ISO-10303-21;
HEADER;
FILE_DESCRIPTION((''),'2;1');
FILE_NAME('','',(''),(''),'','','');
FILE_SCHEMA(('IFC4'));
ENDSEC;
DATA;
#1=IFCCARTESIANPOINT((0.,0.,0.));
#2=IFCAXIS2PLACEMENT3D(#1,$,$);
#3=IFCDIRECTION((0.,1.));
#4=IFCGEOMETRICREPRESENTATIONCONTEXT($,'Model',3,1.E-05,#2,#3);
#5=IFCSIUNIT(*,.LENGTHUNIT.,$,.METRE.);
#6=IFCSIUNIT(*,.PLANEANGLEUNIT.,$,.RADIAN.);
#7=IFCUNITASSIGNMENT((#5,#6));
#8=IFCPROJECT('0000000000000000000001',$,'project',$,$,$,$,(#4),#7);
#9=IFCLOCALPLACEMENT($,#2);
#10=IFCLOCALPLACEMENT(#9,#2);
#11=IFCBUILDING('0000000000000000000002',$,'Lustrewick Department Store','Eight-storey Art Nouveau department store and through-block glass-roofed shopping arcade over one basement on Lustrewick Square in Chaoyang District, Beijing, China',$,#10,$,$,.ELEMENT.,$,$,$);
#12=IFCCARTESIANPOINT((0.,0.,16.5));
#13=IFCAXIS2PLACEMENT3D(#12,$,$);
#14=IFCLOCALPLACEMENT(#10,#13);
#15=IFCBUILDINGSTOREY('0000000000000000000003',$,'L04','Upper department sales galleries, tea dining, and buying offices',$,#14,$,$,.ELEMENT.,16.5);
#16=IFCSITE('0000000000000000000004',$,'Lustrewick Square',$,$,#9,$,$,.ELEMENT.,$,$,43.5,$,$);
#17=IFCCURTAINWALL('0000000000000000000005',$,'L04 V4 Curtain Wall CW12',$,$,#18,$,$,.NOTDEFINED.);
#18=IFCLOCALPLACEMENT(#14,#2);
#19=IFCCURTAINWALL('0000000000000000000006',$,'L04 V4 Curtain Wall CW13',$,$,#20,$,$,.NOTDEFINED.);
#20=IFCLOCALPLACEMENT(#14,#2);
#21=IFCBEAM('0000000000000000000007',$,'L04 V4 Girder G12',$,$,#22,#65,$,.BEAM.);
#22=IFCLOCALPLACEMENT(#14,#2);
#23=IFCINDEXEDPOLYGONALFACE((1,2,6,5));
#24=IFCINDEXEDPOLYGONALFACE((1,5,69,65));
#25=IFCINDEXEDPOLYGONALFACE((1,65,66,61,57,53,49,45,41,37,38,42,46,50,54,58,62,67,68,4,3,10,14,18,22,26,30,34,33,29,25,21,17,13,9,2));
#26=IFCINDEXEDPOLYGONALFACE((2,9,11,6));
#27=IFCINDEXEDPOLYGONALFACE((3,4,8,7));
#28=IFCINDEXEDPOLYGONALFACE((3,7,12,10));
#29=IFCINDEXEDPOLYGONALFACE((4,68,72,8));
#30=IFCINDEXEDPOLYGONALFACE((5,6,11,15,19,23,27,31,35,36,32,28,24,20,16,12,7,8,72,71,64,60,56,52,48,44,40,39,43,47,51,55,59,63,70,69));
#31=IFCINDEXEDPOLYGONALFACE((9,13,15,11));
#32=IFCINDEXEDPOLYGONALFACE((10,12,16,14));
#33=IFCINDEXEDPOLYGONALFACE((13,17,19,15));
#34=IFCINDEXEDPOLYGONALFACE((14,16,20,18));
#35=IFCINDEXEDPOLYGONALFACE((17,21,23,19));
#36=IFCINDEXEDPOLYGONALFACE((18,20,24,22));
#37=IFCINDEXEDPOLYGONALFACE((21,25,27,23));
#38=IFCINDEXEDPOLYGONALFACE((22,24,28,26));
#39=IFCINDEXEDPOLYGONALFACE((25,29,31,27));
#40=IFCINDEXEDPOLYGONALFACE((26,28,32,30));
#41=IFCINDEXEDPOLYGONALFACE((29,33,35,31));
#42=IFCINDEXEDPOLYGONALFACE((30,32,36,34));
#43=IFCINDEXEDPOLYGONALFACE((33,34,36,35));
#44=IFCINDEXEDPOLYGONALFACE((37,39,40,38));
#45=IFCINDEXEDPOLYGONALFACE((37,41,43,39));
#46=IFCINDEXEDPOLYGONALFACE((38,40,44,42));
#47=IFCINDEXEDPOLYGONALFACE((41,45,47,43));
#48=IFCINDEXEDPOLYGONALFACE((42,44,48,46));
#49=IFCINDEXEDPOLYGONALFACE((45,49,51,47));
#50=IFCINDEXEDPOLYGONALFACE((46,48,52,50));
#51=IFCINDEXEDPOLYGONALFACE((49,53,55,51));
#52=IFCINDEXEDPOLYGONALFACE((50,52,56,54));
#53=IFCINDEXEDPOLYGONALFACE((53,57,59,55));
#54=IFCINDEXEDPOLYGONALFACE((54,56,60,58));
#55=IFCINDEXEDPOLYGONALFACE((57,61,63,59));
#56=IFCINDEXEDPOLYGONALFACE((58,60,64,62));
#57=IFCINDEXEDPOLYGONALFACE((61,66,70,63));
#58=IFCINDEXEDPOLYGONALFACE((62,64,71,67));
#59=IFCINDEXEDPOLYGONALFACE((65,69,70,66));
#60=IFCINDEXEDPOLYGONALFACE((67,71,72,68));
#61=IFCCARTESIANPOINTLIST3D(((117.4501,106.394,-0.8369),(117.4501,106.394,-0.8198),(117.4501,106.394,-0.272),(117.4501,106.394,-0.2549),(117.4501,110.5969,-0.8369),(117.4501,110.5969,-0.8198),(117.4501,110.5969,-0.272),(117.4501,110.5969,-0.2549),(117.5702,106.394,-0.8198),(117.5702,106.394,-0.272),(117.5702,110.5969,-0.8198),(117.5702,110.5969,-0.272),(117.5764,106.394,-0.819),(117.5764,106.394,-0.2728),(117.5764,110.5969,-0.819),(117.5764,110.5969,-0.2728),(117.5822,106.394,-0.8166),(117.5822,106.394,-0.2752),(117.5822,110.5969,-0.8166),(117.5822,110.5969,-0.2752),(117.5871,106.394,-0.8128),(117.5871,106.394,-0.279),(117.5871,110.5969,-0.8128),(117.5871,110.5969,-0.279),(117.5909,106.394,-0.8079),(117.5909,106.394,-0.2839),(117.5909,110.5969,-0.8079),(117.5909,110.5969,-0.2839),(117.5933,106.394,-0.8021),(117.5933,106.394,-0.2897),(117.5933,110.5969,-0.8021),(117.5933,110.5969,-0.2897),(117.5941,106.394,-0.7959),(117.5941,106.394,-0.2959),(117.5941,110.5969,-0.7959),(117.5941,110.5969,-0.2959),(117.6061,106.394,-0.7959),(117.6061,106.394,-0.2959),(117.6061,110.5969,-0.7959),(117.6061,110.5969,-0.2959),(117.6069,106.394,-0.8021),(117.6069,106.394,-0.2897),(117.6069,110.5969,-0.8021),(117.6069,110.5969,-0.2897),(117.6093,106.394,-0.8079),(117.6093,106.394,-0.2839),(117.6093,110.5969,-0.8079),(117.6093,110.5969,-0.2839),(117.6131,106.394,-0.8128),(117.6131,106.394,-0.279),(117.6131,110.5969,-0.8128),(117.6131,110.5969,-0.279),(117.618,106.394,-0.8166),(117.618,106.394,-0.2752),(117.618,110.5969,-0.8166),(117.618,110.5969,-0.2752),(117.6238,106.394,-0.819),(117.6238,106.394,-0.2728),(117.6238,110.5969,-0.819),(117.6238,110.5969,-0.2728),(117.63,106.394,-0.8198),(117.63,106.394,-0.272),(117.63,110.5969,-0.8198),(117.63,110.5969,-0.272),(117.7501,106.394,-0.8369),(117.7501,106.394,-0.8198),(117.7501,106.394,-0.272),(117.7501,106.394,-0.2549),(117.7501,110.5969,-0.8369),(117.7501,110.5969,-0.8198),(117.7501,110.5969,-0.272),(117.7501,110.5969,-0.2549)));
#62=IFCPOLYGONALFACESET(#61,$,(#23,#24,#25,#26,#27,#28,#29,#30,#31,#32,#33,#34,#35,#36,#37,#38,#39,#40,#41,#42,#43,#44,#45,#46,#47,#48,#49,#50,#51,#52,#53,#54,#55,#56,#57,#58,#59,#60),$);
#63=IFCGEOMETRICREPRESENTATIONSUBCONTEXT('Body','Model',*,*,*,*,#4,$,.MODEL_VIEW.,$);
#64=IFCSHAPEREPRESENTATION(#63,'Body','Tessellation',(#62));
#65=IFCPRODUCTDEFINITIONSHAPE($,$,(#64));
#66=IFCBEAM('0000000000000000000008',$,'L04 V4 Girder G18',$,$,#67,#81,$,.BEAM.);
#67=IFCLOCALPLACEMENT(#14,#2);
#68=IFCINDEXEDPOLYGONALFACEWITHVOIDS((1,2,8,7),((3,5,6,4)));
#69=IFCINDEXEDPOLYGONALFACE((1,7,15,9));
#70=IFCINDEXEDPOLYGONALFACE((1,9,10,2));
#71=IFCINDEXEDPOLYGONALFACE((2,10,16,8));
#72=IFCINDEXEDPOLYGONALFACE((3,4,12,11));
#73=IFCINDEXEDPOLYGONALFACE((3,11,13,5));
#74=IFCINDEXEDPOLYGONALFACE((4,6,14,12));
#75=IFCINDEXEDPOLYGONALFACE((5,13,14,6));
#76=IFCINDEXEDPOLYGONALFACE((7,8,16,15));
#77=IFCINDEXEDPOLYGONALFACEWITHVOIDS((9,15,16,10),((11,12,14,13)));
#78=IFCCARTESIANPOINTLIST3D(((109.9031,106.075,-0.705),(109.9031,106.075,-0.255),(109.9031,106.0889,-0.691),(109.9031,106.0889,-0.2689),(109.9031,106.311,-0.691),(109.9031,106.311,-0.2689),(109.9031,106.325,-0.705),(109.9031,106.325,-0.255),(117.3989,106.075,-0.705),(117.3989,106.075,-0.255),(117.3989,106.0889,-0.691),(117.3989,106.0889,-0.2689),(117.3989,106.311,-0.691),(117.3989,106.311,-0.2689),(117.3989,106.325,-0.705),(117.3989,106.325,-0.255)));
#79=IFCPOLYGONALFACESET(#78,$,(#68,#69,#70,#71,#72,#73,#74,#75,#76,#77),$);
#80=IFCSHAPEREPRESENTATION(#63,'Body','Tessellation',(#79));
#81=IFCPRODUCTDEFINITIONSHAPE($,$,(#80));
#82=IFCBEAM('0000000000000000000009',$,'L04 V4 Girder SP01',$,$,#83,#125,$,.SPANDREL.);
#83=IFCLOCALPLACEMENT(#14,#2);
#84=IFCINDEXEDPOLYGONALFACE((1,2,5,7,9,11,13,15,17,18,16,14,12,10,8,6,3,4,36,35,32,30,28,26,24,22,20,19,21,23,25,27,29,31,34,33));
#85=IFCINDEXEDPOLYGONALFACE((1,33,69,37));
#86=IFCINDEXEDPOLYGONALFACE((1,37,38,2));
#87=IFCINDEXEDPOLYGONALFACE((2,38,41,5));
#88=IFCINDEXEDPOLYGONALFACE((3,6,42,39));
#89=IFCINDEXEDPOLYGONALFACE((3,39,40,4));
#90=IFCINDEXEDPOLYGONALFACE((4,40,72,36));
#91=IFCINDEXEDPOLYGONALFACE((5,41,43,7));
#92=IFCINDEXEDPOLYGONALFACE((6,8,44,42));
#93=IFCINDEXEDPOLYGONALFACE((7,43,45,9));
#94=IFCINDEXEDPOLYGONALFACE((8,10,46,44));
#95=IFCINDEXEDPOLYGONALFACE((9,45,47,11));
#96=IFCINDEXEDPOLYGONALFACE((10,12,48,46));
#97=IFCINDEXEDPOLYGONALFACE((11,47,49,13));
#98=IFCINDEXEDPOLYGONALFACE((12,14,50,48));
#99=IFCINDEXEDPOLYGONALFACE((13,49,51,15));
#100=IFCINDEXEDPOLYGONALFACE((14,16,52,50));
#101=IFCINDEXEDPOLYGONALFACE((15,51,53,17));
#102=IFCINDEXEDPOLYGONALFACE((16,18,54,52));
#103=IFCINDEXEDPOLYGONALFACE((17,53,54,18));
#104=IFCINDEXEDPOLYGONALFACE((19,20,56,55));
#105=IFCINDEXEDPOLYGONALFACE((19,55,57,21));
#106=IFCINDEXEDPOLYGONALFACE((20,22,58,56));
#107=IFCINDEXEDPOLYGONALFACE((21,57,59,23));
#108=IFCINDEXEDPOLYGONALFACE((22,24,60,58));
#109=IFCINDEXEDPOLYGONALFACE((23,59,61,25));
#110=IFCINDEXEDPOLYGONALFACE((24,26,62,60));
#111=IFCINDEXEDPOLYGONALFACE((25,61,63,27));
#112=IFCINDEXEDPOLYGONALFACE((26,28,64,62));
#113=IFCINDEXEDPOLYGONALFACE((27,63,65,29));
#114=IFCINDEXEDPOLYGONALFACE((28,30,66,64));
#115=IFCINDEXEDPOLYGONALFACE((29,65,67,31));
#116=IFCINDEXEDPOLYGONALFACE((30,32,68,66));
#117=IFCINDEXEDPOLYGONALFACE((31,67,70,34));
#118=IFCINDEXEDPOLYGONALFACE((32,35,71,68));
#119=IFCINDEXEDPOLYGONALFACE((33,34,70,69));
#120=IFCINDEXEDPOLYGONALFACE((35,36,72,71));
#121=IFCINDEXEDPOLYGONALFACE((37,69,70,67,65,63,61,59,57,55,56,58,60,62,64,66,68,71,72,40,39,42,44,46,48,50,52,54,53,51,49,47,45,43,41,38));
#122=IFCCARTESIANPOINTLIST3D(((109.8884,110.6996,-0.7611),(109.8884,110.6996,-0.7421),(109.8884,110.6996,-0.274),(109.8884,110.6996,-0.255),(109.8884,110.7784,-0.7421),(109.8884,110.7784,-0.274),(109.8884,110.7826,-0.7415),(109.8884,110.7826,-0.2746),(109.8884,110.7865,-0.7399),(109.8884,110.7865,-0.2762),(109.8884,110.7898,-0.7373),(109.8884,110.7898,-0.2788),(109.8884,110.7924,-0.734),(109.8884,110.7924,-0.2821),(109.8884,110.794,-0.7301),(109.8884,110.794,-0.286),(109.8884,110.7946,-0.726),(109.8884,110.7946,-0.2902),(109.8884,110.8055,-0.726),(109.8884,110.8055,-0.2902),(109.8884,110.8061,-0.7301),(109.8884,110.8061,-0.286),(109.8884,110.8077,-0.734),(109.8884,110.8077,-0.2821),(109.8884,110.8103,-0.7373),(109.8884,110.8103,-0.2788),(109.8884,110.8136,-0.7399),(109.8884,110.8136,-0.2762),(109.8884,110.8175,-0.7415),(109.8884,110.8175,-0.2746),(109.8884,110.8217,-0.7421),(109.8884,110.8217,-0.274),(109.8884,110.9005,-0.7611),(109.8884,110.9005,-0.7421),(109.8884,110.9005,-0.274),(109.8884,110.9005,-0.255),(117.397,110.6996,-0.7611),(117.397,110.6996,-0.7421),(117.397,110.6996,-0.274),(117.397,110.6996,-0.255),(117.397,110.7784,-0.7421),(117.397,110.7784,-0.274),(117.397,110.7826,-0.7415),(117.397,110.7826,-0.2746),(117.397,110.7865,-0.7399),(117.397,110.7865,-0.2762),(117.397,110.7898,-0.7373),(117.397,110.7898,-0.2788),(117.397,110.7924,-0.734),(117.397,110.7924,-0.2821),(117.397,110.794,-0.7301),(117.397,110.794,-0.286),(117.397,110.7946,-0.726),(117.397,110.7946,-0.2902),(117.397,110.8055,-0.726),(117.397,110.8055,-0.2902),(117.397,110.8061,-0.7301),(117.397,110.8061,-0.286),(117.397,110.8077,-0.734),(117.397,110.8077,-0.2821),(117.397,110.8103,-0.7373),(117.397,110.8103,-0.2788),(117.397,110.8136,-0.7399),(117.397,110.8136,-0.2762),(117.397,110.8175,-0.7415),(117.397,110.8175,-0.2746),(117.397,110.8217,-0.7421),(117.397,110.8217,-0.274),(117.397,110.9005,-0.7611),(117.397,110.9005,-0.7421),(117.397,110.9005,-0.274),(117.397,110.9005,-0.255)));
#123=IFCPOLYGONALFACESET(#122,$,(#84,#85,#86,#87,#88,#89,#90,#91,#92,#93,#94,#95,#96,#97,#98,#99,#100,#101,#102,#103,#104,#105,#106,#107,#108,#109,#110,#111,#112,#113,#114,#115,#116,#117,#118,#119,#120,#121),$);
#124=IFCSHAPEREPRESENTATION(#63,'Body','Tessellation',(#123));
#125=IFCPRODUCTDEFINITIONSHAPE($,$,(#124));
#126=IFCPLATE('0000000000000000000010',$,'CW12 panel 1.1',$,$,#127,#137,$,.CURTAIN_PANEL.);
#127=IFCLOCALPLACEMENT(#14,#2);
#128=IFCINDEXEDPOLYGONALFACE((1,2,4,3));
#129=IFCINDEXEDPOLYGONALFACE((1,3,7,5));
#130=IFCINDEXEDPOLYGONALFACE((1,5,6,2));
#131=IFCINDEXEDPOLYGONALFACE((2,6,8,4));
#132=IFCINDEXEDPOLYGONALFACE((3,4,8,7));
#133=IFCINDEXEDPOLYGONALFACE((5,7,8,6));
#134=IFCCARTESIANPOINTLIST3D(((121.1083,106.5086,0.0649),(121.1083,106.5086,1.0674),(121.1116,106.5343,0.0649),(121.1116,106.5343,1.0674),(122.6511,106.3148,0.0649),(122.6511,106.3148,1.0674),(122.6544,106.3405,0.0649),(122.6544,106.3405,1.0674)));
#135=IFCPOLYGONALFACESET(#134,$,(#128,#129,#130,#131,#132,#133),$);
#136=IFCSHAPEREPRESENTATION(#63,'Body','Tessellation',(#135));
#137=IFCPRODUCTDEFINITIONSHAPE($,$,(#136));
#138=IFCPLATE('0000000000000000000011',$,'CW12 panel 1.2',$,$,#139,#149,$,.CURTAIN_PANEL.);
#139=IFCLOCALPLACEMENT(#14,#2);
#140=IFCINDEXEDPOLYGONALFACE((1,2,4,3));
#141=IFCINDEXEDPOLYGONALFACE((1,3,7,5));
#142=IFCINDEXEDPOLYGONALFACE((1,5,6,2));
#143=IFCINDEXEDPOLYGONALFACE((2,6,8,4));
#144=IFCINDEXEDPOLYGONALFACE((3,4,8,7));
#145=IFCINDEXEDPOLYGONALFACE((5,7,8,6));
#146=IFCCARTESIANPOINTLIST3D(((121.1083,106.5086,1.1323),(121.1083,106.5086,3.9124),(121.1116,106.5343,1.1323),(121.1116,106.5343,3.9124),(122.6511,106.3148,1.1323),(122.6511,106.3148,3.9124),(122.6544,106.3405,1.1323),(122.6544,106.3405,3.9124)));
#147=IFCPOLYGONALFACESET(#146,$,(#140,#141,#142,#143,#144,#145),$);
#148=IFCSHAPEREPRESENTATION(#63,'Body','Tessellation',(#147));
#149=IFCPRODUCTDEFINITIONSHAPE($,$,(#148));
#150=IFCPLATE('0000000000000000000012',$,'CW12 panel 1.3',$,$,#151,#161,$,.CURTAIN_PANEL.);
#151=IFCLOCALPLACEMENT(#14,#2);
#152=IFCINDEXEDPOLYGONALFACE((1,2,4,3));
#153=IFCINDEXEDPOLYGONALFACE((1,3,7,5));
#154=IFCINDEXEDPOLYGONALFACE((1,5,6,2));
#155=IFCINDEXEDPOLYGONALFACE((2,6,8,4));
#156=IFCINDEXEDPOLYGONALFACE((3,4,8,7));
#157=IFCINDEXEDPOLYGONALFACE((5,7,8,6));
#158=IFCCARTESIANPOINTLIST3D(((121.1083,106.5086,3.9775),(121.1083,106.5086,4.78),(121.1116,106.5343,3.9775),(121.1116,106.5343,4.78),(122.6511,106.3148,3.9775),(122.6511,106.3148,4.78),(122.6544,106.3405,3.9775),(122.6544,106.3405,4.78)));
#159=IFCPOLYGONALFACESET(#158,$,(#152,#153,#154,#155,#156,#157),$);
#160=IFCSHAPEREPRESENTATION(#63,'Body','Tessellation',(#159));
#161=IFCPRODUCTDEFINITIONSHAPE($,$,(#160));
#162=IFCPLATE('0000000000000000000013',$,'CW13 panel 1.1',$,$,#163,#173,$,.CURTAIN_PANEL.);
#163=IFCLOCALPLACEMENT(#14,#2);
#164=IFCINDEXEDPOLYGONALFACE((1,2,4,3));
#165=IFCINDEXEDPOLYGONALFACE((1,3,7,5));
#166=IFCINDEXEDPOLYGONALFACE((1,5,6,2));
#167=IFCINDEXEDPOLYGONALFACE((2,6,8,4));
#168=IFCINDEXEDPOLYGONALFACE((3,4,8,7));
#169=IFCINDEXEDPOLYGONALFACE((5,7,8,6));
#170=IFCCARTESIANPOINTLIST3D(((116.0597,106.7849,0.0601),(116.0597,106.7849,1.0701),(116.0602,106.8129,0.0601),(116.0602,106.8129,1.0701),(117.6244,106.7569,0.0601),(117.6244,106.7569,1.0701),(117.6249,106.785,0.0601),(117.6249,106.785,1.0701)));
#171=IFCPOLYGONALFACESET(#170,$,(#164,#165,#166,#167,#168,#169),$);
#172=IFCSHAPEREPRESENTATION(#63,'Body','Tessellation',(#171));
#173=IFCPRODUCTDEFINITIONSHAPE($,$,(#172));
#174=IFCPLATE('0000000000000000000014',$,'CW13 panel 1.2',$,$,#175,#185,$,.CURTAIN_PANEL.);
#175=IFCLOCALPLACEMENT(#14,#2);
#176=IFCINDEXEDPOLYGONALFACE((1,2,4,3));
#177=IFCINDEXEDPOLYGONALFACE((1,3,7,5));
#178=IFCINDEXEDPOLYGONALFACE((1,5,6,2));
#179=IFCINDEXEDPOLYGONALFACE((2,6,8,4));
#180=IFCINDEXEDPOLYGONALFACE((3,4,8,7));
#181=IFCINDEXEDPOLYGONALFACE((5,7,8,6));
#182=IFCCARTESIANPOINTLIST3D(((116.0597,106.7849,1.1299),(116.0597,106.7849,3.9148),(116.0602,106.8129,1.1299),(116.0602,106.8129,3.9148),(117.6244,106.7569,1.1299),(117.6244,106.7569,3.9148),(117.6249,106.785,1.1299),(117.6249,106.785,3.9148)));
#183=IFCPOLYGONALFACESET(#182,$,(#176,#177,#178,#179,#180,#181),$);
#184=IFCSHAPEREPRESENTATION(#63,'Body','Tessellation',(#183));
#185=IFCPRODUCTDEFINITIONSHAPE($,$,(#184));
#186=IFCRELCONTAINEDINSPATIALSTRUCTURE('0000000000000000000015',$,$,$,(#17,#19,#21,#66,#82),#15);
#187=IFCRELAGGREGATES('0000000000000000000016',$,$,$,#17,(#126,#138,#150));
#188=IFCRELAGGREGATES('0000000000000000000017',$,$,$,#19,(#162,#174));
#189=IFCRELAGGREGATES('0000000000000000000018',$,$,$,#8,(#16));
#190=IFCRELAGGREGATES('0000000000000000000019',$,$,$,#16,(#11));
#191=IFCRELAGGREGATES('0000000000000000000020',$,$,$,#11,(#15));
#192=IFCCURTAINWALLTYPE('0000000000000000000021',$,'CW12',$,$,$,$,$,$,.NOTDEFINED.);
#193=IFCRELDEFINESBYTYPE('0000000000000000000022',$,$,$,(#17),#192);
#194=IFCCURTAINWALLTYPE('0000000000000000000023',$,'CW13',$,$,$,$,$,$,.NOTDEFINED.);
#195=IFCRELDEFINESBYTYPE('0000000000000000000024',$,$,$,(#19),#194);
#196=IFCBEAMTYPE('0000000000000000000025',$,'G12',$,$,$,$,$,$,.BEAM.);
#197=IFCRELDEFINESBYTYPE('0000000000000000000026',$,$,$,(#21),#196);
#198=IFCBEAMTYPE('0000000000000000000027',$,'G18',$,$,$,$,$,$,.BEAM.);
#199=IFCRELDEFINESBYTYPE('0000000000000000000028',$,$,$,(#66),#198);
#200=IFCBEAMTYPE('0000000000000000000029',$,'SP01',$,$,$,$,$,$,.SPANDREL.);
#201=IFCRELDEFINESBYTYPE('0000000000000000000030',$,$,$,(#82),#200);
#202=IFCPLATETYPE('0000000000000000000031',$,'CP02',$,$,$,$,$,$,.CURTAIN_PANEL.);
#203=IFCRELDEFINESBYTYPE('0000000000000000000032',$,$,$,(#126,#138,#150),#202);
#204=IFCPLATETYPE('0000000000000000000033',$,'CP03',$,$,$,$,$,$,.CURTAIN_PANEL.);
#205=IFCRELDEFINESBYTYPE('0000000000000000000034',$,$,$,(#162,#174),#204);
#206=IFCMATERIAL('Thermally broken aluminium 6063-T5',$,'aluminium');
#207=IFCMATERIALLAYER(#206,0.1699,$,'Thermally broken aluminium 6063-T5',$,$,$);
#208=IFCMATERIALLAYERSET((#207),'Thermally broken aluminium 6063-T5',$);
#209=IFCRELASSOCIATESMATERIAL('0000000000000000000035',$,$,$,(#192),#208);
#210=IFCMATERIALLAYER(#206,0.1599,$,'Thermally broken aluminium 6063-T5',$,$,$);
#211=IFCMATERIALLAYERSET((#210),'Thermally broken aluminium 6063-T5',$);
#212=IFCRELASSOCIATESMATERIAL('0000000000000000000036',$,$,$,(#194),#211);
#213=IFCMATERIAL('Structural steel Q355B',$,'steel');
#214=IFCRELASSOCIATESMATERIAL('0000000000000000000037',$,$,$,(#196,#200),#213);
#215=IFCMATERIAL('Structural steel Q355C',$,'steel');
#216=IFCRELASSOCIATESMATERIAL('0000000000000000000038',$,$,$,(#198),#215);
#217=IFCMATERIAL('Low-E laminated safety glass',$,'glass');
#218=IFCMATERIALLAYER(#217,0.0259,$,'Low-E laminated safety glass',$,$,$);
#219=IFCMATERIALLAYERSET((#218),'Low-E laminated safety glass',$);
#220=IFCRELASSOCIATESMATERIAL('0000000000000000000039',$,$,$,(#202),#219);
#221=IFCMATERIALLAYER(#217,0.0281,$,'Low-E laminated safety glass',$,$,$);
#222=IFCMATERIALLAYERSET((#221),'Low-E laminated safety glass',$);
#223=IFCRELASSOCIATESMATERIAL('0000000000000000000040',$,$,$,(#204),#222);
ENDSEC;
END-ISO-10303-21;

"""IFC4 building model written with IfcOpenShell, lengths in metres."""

from ifc_helpers import new_model, si_unit, direction, frame, origin, origin_2d, place, context, subcontext, project, spatial, rectangle, hollow_rectangle, i_section, extrude, material, layer, layer_set, material_profile, profile_set, type_object, element, aggregate, save


model = new_model("IFC4")

# Units and contexts
model_context = context("Model", 3, precision=1e-05, world=origin(), true_north=direction((0.0, 1.0)))
body_context = subcontext(model_context, "Body", "Model", "MODEL_VIEW")
ifc_project = project(units=[si_unit("LENGTHUNIT", "METRE"), si_unit("PLANEANGLEUNIT", "RADIAN")], contexts=[model_context])

# Site, building, storey
site_placement = place(None, origin())
site = spatial("IfcSite", under=ifc_project, at=site_placement, Name="Lustrewick Square", CompositionType="ELEMENT", RefElevation=43.5)
building_placement = place(site_placement, origin())
building = spatial("IfcBuilding", under=site, at=building_placement, Name="Lustrewick Department Store", Description="Eight-storey Art Nouveau department store and through-block glass-roofed shopping arcade over one basement on Lustrewick Square in Chaoyang District, Beijing, China", CompositionType="ELEMENT")
storey_placement = place(building_placement, frame((0.0, 0.0, 16.5)))
storey = spatial("IfcBuildingStorey", under=building, at=storey_placement, Name="L04", Description="Upper department sales galleries, tea dining, and buying offices", CompositionType="ELEMENT", Elevation=16.5)

# Shared definitions
ifc_material_1 = material(Name="Structural steel Q355B", Category="steel")

# Curtain walls
ifc_material_2 = material(Name="Thermally broken aluminium 6063-T5", Category="aluminium")
ifc_layer_1 = layer(ifc_material_2, 0.1699, Name="Thermally broken aluminium 6063-T5")
ifc_layer_set_1 = layer_set([ifc_layer_1], Name="Thermally broken aluminium 6063-T5")
curtain_wall_type_1 = type_object("IfcCurtainWallType", Name="CW12", PredefinedType="NOTDEFINED", material=ifc_layer_set_1)
curtain_wall_1_placement = place(storey_placement, origin())
curtain_wall_1 = element("IfcCurtainWall", 1, at=curtain_wall_1_placement, inside=storey, type_object=curtain_wall_type_1, Name="L04 V4 Curtain Wall CW12", PredefinedType="NOTDEFINED")
ifc_layer_2 = layer(ifc_material_2, 0.1599, Name="Thermally broken aluminium 6063-T5")
ifc_layer_set_2 = layer_set([ifc_layer_2], Name="Thermally broken aluminium 6063-T5")
curtain_wall_type_2 = type_object("IfcCurtainWallType", Name="CW13", PredefinedType="NOTDEFINED", material=ifc_layer_set_2)
curtain_wall_2_placement = place(storey_placement, origin())
curtain_wall_2 = element("IfcCurtainWall", 2, at=curtain_wall_2_placement, inside=storey, type_object=curtain_wall_type_2, Name="L04 V4 Curtain Wall CW13", PredefinedType="NOTDEFINED")

# Beams
ifc_material_3 = material(Name="Structural steel Q355C", Category="steel")
ifc_material_profile_1 = material_profile(ifc_material_1, i_section(OverallWidth=0.3, OverallDepth=0.582, WebThickness=0.012, FlangeThickness=0.0171, FilletRadius=0.0239, at=origin_2d()), Name="HM 582x300x12x17")
ifc_profile_set_1 = profile_set([ifc_material_profile_1], Name="Structural steel Q355B")
beam_type_1 = type_object("IfcBeamType", Name="G12", PredefinedType="BEAM", material=ifc_profile_set_1)
beam_1_placement = place(storey_placement, frame((117.6001, 106.394, -0.5459), z_axis=(0.0, 1.0, 0.0), x_axis=(-1.0, 0.0, 0.0)))
element("IfcBeam", 3, at=beam_1_placement, inside=storey, type_object=beam_type_1, Name="L04 V4 Girder G12", PredefinedType="BEAM", context=body_context, shape_type="SweptSolid", body=[
    extrude(i_section(OverallWidth=0.3, OverallDepth=0.582, WebThickness=0.012, FlangeThickness=0.0171, FilletRadius=0.0239, at=origin_2d()), origin(), (0.0, 0.0, 1.0), 4.2029),
])
ifc_material_profile_2 = material_profile(ifc_material_3, hollow_rectangle(XDim=0.25, YDim=0.45, WallThickness=0.0139, at=origin_2d()), Name="RHS 450x250x14")
ifc_profile_set_2 = profile_set([ifc_material_profile_2], Name="Structural steel Q355C")
beam_type_2 = type_object("IfcBeamType", Name="G18", PredefinedType="BEAM", material=ifc_profile_set_2)
beam_2_placement = place(storey_placement, frame((109.9031, 106.2, -0.48), z_axis=(1.0, 0.0, 0.0), x_axis=(0.0, 1.0, 0.0)))
element("IfcBeam", 4, at=beam_2_placement, inside=storey, type_object=beam_type_2, Name="L04 V4 Girder G18", PredefinedType="BEAM", context=body_context, shape_type="SweptSolid", body=[
    extrude(hollow_rectangle(XDim=0.25, YDim=0.45, WallThickness=0.0139, at=origin_2d()), origin(), (0.0, 0.0, 1.0), 7.4958),
])
ifc_material_profile_3 = material_profile(ifc_material_1, i_section(OverallWidth=0.2009, OverallDepth=0.5061, WebThickness=0.011, FlangeThickness=0.019, FilletRadius=0.0161, at=origin_2d()), Name="HN 506x201x11x19")
ifc_profile_set_3 = profile_set([ifc_material_profile_3], Name="Structural steel Q355B")
beam_type_3 = type_object("IfcBeamType", Name="SP01", PredefinedType="SPANDREL", material=ifc_profile_set_3)
beam_3_placement = place(storey_placement, frame((109.8884, 110.8, -0.5081), z_axis=(1.0, 0.0, 0.0), x_axis=(0.0, 1.0, 0.0)))
element("IfcBeam", 5, at=beam_3_placement, inside=storey, type_object=beam_type_3, Name="L04 V4 Girder SP01", PredefinedType="SPANDREL", context=body_context, shape_type="SweptSolid", body=[
    extrude(i_section(OverallWidth=0.2009, OverallDepth=0.5061, WebThickness=0.011, FlangeThickness=0.019, FilletRadius=0.0161, at=origin_2d()), origin(), (0.0, 0.0, 1.0), 7.5085),
])

# Plates
ifc_material_4 = material(Name="Low-E laminated safety glass", Category="glass")
ifc_layer_3 = layer(ifc_material_4, 0.0259, Name="Low-E laminated safety glass")
ifc_layer_set_3 = layer_set([ifc_layer_3], Name="Low-E laminated safety glass")
plate_type_1 = type_object("IfcPlateType", Name="CP02", PredefinedType="CURTAIN_PANEL", material=ifc_layer_set_3)
plate_1_placement = place(storey_placement, frame((121.8813, 106.4246, 0.0649), z_axis=(0.0, 0.0, 1.0), x_axis=(-0.992204, 0.124626, 0.0)))
plate_1 = element("IfcPlate", 6, at=plate_1_placement, type_object=plate_type_1, Name="CW12 panel 1.1", PredefinedType="CURTAIN_PANEL", context=body_context, shape_type="SweptSolid", body=[
    extrude(rectangle(XDim=1.5549, YDim=0.0259, at=origin_2d()), origin(), (0.0, 0.0, 1.0), 1.0024),
])
plate_2_placement = place(storey_placement, frame((121.8813, 106.4246, 1.1323), z_axis=(0.0, 0.0, 1.0), x_axis=(-0.992204, 0.124626, 0.0)))
plate_2 = element("IfcPlate", 7, at=plate_2_placement, type_object=plate_type_1, Name="CW12 panel 1.2", PredefinedType="CURTAIN_PANEL", context=body_context, shape_type="SweptSolid", body=[
    extrude(rectangle(XDim=1.5549, YDim=0.0259, at=origin_2d()), origin(), (0.0, 0.0, 1.0), 2.78),
])
plate_3_placement = place(storey_placement, frame((121.8813, 106.4246, 3.9775), z_axis=(0.0, 0.0, 1.0), x_axis=(-0.992204, 0.124626, 0.0)))
plate_3 = element("IfcPlate", 8, at=plate_3_placement, type_object=plate_type_1, Name="CW12 panel 1.3", PredefinedType="CURTAIN_PANEL", context=body_context, shape_type="SweptSolid", body=[
    extrude(rectangle(XDim=1.5549, YDim=0.0259, at=origin_2d()), origin(), (0.0, 0.0, 1.0), 0.8025),
])
aggregate(curtain_wall_1, [plate_1, plate_2, plate_3])
ifc_layer_4 = layer(ifc_material_4, 0.0281, Name="Low-E laminated safety glass")
ifc_layer_set_4 = layer_set([ifc_layer_4], Name="Low-E laminated safety glass")
plate_type_2 = type_object("IfcPlateType", Name="CP03", PredefinedType="CURTAIN_PANEL", material=ifc_layer_set_4)
plate_4_placement = place(storey_placement, frame((116.8423, 106.7849, 0.0601), z_axis=(0.0, 0.0, 1.0), x_axis=(-0.99984, 0.017864, 0.0)))
plate_4 = element("IfcPlate", 9, at=plate_4_placement, type_object=plate_type_2, Name="CW13 panel 1.1", PredefinedType="CURTAIN_PANEL", context=body_context, shape_type="SweptSolid", body=[
    extrude(rectangle(XDim=1.5649, YDim=0.0281, at=origin_2d()), origin(), (0.0, 0.0, 1.0), 1.01),
])
plate_5_placement = place(storey_placement, frame((116.8423, 106.7849, 1.1299), z_axis=(0.0, 0.0, 1.0), x_axis=(-0.99984, 0.017864, 0.0)))
plate_5 = element("IfcPlate", 10, at=plate_5_placement, type_object=plate_type_2, Name="CW13 panel 1.2", PredefinedType="CURTAIN_PANEL", context=body_context, shape_type="SweptSolid", body=[
    extrude(rectangle(XDim=1.5649, YDim=0.0281, at=origin_2d()), origin(), (0.0, 0.0, 1.0), 2.7849),
])
aggregate(curtain_wall_2, [plate_4, plate_5])

save(model, "model.ifc")
